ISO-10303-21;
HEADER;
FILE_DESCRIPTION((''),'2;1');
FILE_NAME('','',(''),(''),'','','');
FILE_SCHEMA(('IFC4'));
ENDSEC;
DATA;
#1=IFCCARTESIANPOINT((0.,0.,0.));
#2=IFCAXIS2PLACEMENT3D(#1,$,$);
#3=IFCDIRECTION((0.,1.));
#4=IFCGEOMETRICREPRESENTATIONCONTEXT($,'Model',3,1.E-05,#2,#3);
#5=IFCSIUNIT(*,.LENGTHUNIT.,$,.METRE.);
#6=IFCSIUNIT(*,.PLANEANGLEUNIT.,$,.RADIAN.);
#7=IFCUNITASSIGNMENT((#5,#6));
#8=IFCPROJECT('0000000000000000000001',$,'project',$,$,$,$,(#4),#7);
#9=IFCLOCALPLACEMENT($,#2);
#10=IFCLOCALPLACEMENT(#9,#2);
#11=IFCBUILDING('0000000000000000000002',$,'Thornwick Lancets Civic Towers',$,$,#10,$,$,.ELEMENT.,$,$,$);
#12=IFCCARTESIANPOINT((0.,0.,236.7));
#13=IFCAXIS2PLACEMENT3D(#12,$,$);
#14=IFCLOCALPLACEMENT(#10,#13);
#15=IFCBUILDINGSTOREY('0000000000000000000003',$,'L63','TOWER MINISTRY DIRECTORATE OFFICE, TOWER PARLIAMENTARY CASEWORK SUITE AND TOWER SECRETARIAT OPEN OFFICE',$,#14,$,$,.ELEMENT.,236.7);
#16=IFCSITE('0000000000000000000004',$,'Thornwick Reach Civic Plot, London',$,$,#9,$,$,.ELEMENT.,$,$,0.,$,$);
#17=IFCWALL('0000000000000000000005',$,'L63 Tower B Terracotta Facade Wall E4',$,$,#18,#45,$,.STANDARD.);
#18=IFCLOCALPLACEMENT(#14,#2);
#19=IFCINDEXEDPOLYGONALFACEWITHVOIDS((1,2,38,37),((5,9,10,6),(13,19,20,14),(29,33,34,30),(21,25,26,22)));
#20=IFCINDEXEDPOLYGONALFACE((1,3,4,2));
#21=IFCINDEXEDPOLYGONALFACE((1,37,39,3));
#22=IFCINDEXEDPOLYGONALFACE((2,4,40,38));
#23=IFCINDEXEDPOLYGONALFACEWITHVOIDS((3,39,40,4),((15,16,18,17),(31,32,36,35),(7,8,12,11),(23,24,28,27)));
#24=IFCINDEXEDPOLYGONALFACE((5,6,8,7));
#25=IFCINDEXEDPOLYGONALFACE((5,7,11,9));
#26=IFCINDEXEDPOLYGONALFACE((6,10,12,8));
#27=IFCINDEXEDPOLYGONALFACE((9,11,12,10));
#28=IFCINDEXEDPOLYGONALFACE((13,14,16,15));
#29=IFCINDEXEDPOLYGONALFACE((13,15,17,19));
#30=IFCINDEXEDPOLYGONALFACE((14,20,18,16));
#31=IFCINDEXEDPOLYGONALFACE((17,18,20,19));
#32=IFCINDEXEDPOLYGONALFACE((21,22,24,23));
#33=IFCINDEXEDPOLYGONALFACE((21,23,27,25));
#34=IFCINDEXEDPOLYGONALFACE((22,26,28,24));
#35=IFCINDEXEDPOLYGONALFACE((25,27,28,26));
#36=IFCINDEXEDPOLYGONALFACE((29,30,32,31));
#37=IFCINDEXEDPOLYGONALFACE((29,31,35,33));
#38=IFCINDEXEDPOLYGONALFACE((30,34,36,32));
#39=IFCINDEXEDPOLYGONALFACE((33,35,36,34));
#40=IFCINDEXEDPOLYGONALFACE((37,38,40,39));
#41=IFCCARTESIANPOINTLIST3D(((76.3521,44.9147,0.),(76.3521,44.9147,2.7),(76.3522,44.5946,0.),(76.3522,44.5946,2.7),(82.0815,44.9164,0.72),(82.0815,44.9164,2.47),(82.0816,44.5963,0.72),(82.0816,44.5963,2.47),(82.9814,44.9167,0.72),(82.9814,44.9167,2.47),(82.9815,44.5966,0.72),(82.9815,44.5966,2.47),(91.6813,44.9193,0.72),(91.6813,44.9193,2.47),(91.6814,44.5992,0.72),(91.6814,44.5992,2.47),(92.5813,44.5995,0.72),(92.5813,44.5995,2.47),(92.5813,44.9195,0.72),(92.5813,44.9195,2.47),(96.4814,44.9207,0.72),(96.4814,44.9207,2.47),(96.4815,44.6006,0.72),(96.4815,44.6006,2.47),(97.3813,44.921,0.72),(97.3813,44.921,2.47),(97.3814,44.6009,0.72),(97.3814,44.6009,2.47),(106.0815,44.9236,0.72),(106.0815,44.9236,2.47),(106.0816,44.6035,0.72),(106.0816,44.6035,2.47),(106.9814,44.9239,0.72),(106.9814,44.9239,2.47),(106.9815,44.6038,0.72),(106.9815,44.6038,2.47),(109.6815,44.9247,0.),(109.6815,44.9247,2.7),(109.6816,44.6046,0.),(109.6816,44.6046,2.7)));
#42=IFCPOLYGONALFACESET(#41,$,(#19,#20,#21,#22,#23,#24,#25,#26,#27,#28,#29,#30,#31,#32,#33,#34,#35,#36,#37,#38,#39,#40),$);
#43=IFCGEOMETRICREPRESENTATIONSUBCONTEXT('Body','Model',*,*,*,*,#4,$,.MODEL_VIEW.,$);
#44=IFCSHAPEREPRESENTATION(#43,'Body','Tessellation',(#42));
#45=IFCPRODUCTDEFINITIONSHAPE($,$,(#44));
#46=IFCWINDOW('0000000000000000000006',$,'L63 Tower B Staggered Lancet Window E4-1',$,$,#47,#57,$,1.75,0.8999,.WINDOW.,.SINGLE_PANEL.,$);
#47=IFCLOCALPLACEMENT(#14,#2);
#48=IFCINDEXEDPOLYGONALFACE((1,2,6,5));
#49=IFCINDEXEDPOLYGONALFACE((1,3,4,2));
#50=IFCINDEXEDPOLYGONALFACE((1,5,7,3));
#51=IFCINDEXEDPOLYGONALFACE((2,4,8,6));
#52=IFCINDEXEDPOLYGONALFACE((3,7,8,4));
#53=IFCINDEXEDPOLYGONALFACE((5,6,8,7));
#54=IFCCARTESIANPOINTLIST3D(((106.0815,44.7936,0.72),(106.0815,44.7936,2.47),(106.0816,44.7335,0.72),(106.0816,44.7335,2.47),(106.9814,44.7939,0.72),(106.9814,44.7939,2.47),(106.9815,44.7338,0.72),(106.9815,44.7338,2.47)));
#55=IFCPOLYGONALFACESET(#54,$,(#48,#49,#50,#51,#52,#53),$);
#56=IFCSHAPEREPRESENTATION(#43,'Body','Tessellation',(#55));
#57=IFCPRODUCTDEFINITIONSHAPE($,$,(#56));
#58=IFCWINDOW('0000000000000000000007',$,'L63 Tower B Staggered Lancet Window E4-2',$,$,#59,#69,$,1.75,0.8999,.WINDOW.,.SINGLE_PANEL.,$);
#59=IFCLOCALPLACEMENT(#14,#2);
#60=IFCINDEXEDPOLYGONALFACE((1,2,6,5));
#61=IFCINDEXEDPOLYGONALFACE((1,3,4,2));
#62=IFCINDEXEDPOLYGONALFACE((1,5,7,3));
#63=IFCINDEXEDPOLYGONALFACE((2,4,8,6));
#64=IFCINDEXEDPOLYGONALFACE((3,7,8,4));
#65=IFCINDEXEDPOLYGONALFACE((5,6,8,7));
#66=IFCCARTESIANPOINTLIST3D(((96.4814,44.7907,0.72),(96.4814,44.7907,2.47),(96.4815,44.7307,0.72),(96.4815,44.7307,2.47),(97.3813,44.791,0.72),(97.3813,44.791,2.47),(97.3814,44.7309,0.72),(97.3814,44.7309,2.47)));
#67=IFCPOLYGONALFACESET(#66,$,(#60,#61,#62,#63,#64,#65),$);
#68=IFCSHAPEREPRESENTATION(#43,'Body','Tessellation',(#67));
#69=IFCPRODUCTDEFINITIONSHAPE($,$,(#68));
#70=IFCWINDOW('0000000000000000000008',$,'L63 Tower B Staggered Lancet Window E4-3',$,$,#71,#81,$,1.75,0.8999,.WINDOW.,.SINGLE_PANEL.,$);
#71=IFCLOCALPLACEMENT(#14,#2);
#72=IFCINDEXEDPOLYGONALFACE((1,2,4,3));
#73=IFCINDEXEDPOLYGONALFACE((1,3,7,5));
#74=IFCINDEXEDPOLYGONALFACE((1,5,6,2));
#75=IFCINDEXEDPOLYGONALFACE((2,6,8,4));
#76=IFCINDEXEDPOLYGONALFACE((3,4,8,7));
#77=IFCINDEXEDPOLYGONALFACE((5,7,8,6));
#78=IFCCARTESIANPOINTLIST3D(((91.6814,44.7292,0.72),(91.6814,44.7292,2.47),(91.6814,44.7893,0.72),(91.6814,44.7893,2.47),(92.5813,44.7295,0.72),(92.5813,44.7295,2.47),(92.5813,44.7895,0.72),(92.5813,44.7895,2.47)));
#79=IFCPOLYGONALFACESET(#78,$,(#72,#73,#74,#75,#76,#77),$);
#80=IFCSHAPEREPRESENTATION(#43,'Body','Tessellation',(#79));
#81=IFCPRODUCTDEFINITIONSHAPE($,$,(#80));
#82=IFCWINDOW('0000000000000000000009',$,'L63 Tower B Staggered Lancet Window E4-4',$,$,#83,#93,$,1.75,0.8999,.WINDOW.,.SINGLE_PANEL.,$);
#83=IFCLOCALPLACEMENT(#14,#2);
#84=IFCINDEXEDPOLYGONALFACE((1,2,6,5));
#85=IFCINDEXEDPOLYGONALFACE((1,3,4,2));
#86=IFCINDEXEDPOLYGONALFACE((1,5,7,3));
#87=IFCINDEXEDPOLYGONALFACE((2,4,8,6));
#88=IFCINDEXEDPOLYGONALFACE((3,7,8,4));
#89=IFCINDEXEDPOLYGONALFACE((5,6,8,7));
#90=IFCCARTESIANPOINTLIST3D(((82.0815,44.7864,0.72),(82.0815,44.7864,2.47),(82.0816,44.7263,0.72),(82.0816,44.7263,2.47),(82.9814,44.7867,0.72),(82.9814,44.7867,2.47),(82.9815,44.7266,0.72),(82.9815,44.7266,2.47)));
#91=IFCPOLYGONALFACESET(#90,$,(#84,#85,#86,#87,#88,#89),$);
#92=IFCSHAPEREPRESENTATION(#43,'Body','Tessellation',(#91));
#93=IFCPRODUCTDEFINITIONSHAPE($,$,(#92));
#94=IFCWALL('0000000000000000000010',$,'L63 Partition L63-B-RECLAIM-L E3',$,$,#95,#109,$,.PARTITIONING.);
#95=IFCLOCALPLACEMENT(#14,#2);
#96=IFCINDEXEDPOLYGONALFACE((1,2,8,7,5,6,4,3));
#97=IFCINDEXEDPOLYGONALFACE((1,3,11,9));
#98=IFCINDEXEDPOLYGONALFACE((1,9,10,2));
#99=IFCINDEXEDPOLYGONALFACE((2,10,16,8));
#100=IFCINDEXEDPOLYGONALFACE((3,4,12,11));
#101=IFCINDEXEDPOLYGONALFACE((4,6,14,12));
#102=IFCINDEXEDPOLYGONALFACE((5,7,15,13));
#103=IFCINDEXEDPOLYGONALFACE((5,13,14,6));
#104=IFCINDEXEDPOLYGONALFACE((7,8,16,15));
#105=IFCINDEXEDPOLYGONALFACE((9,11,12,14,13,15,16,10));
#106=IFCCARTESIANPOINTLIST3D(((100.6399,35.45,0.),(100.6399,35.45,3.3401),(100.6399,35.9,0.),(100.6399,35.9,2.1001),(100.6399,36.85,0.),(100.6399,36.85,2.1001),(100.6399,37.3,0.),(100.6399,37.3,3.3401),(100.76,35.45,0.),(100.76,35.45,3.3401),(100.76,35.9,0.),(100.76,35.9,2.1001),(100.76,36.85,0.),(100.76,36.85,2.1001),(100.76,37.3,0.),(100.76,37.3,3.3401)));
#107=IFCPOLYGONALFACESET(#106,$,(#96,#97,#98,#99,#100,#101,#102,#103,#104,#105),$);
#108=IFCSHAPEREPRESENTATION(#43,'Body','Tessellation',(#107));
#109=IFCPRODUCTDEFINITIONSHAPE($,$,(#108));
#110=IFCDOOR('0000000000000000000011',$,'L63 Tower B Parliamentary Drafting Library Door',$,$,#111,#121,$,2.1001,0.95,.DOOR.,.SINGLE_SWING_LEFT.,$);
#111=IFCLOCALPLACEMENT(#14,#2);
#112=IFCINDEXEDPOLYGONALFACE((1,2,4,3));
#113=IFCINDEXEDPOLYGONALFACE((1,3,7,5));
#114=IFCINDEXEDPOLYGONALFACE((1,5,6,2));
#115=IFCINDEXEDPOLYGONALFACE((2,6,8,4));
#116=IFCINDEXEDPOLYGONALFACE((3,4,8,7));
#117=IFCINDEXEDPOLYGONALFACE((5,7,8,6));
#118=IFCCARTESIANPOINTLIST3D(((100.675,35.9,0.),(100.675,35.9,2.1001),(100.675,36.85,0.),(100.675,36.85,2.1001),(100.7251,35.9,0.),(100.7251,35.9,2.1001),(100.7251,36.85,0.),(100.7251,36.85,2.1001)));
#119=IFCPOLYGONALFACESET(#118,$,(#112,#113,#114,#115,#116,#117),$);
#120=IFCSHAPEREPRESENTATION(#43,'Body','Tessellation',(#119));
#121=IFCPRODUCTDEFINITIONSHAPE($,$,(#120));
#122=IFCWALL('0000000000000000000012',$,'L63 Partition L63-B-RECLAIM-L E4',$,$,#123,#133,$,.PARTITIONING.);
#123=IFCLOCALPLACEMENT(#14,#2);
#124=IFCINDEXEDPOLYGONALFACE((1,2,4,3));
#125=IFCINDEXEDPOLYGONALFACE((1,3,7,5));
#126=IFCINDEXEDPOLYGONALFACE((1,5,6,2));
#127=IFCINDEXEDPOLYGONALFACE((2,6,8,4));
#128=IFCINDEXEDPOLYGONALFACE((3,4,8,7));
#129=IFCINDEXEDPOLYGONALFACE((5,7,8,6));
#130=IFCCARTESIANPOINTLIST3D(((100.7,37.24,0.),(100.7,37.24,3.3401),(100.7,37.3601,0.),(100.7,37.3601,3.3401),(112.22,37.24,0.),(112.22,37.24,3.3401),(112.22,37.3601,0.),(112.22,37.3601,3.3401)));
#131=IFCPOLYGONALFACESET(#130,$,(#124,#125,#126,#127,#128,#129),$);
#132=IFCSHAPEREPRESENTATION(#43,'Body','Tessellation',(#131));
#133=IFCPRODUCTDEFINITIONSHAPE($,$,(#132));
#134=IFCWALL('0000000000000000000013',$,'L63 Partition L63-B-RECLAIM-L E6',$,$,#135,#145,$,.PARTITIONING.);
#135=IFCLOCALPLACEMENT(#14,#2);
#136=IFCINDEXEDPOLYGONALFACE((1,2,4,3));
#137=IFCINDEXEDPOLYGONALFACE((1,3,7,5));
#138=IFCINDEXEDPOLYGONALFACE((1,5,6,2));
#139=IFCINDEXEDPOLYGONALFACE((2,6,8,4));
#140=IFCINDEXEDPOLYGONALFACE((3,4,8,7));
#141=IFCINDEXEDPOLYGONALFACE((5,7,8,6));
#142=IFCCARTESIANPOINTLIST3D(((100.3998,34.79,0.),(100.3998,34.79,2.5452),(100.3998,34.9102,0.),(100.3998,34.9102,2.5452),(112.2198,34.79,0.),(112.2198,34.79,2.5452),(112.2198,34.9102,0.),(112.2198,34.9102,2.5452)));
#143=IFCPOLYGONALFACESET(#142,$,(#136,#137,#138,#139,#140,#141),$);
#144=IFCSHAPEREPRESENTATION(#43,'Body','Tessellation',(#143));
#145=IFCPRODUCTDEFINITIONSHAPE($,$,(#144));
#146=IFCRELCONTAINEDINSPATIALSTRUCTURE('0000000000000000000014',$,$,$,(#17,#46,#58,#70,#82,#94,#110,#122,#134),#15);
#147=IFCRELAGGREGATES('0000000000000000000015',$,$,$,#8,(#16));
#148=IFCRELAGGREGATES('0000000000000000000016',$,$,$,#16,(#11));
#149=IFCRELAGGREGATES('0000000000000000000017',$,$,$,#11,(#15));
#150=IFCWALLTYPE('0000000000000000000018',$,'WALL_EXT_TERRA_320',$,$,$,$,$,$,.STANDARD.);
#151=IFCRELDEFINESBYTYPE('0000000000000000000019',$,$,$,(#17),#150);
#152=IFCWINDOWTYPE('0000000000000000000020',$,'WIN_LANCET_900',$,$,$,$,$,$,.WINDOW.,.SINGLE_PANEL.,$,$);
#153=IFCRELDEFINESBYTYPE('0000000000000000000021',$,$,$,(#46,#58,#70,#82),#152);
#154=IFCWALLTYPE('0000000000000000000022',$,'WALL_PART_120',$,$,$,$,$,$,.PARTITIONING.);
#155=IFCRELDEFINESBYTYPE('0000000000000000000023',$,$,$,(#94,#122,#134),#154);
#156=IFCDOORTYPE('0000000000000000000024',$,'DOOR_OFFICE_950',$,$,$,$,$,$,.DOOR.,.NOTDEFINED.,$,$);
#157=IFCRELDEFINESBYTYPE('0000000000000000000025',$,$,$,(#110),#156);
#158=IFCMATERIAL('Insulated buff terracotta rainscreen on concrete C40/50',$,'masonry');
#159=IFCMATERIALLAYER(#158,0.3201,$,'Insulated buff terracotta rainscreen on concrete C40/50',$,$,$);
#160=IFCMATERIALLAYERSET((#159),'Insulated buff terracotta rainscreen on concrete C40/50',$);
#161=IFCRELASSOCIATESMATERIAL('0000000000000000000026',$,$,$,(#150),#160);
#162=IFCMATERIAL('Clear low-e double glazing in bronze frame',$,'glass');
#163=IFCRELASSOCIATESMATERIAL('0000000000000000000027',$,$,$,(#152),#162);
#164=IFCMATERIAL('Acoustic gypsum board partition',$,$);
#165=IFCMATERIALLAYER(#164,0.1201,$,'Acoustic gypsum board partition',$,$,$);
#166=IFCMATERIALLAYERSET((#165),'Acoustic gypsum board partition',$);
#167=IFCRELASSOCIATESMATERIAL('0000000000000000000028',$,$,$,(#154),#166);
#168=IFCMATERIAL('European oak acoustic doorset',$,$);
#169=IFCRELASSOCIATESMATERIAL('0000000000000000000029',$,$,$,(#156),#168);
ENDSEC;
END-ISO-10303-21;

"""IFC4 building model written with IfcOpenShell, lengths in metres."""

from ifc_helpers import new_model, si_unit, direction, frame, frame_2d, origin, place, context, subcontext, project, spatial, rectangle, extrude, material, layer, layer_set, type_object, element, fill, save


model = new_model("IFC4")

# Units and contexts
model_context = context("Model", 3, precision=1e-05, world=origin(), true_north=direction((0.0, 1.0)))
body_context = subcontext(model_context, "Body", "Model", "MODEL_VIEW")
ifc_project = project(units=[si_unit("LENGTHUNIT", "METRE"), si_unit("PLANEANGLEUNIT", "RADIAN")], contexts=[model_context])

# Site, building, storey
site_placement = place(None, origin())
site = spatial("IfcSite", under=ifc_project, at=site_placement, Name="Thornwick Reach Civic Plot, London", CompositionType="ELEMENT", RefElevation=0.0)
building_placement = place(site_placement, origin())
building = spatial("IfcBuilding", under=site, at=building_placement, Name="Thornwick Lancets Civic Towers", CompositionType="ELEMENT")
storey_placement = place(building_placement, frame((0.0, 0.0, 236.7)))
storey = spatial("IfcBuildingStorey", under=building, at=storey_placement, Name="L63", Description="TOWER MINISTRY DIRECTORATE OFFICE, TOWER PARLIAMENTARY CASEWORK SUITE AND TOWER SECRETARIAT OPEN OFFICE", CompositionType="ELEMENT", Elevation=236.7)

# Wall, openings, windows
ifc_material_1 = material(Name="Insulated buff terracotta rainscreen on concrete C40/50", Category="masonry")
ifc_layer_1 = layer(ifc_material_1, 0.3201, Name="Insulated buff terracotta rainscreen on concrete C40/50")
ifc_layer_set_1 = layer_set([ifc_layer_1], Name="Insulated buff terracotta rainscreen on concrete C40/50")
wall_type_1 = type_object("IfcWallType", Name="WALL_EXT_TERRA_320", PredefinedType="STANDARD", material=ifc_layer_set_1)
wall_1_placement = place(storey_placement, frame((109.6814, 44.7646, 0.0), z_axis=(0.0, 0.0, 1.0), x_axis=(-1.0, -0.0003, 0.0)))
wall_1 = element("IfcWall", 1, at=wall_1_placement, inside=storey, type_object=wall_type_1, Name="L63 Tower B Terracotta Facade Wall E4", PredefinedType="STANDARD", context=body_context, shape_type="SweptSolid", body=[
    extrude(rectangle(XDim=33.3293, YDim=0.3201, at=frame_2d((16.6646, 0.0))), origin(), (0.0, 0.0, 1.0), 2.7),
])
opening_1_placement = place(wall_1_placement, frame((2.7, 0.0, 0.72)))
opening_1 = element("IfcOpeningElement", 2, at=opening_1_placement, cuts=wall_1, PredefinedType="OPENING", context=body_context, shape_type="SweptSolid", body=[
    extrude(rectangle(XDim=0.8999, YDim=1.75, at=frame_2d((0.45, 0.875))), frame((0.0, 0.1699, 0.0), z_axis=(0.0, -1.0, 0.0), x_axis=(1.0, 0.0, 0.0)), (0.0, 0.0, 1.0), 0.3401),
])
opening_2_placement = place(wall_1_placement, frame((12.3, 0.0, 0.72)))
opening_2 = element("IfcOpeningElement", 3, at=opening_2_placement, cuts=wall_1, PredefinedType="OPENING", context=body_context, shape_type="SweptSolid", body=[
    extrude(rectangle(XDim=0.8999, YDim=1.75, at=frame_2d((0.45, 0.875))), frame((0.0, 0.1699, 0.0), z_axis=(0.0, -1.0, 0.0), x_axis=(1.0, 0.0, 0.0)), (0.0, 0.0, 1.0), 0.3401),
])
opening_3_placement = place(wall_1_placement, frame((17.1001, 0.0, 0.72)))
opening_3 = element("IfcOpeningElement", 4, at=opening_3_placement, cuts=wall_1, PredefinedType="OPENING", context=body_context, shape_type="SweptSolid", body=[
    extrude(rectangle(XDim=0.8999, YDim=1.75, at=frame_2d((0.45, 0.875))), frame((0.0, 0.1699, 0.0), z_axis=(0.0, -1.0, 0.0), x_axis=(1.0, 0.0, 0.0)), (0.0, 0.0, 1.0), 0.3401),
])
opening_4_placement = place(wall_1_placement, frame((26.7, 0.0, 0.72)))
opening_4 = element("IfcOpeningElement", 5, at=opening_4_placement, cuts=wall_1, PredefinedType="OPENING", context=body_context, shape_type="SweptSolid", body=[
    extrude(rectangle(XDim=0.8999, YDim=1.75, at=frame_2d((0.45, 0.875))), frame((0.0, 0.1699, 0.0), z_axis=(0.0, -1.0, 0.0), x_axis=(1.0, 0.0, 0.0)), (0.0, 0.0, 1.0), 0.3401),
])
ifc_material_2 = material(Name="Clear low-e double glazing in bronze frame", Category="glass")
window_type = type_object("IfcWindowType", Name="WIN_LANCET_900", PartitioningType="SINGLE_PANEL", PredefinedType="WINDOW", material=ifc_material_2)
window_1_placement = place(opening_1_placement, origin())
window_1 = element("IfcWindow", 6, at=window_1_placement, inside=storey, type_object=window_type, Name="L63 Tower B Staggered Lancet Window E4-1", OverallHeight=1.75, OverallWidth=0.8999, PartitioningType="SINGLE_PANEL", PredefinedType="WINDOW", context=body_context, shape_type="SweptSolid", body=[
    extrude(rectangle(XDim=0.8999, YDim=1.75, at=frame_2d((0.45, 0.875))), frame((0.0, 0.03, 0.0), z_axis=(0.0, -1.0, 0.0), x_axis=(1.0, 0.0, 0.0)), (0.0, 0.0, 1.0), 0.0601),
])
fill(opening_1, window_1)
window_2_placement = place(opening_2_placement, origin())
window_2 = element("IfcWindow", 7, at=window_2_placement, inside=storey, type_object=window_type, Name="L63 Tower B Staggered Lancet Window E4-2", OverallHeight=1.75, OverallWidth=0.8999, PartitioningType="SINGLE_PANEL", PredefinedType="WINDOW", context=body_context, shape_type="SweptSolid", body=[
    extrude(rectangle(XDim=0.8999, YDim=1.75, at=frame_2d((0.45, 0.875))), frame((0.0, 0.03, 0.0), z_axis=(0.0, -1.0, 0.0), x_axis=(1.0, 0.0, 0.0)), (0.0, 0.0, 1.0), 0.0601),
])
fill(opening_2, window_2)
window_3_placement = place(opening_3_placement, origin())
window_3 = element("IfcWindow", 8, at=window_3_placement, inside=storey, type_object=window_type, Name="L63 Tower B Staggered Lancet Window E4-3", OverallHeight=1.75, OverallWidth=0.8999, PartitioningType="SINGLE_PANEL", PredefinedType="WINDOW", context=body_context, shape_type="SweptSolid", body=[
    extrude(rectangle(XDim=0.8999, YDim=1.75, at=frame_2d((0.45, 0.875))), frame((0.0, 0.03, 0.0), z_axis=(0.0, -1.0, 0.0), x_axis=(1.0, 0.0, 0.0)), (0.0, 0.0, 1.0), 0.0601),
])
fill(opening_3, window_3)
window_4_placement = place(opening_4_placement, origin())
window_4 = element("IfcWindow", 9, at=window_4_placement, inside=storey, type_object=window_type, Name="L63 Tower B Staggered Lancet Window E4-4", OverallHeight=1.75, OverallWidth=0.8999, PartitioningType="SINGLE_PANEL", PredefinedType="WINDOW", context=body_context, shape_type="SweptSolid", body=[
    extrude(rectangle(XDim=0.8999, YDim=1.75, at=frame_2d((0.45, 0.875))), frame((0.0, 0.03, 0.0), z_axis=(0.0, -1.0, 0.0), x_axis=(1.0, 0.0, 0.0)), (0.0, 0.0, 1.0), 0.0601),
])
fill(opening_4, window_4)

# Wall, opening, door
ifc_material_3 = material(Name="Acoustic gypsum board partition")
ifc_layer_2 = layer(ifc_material_3, 0.1201, Name="Acoustic gypsum board partition")
ifc_layer_set_2 = layer_set([ifc_layer_2], Name="Acoustic gypsum board partition")
wall_type_2 = type_object("IfcWallType", Name="WALL_PART_120", PredefinedType="PARTITIONING", material=ifc_layer_set_2)
wall_2_placement = place(storey_placement, frame((100.7, 35.45, 0.0), z_axis=(0.0, 0.0, 1.0), x_axis=(0.0, 1.0, 0.0)))
wall_2 = element("IfcWall", 10, at=wall_2_placement, inside=storey, type_object=wall_type_2, Name="L63 Partition L63-B-RECLAIM-L E3", PredefinedType="PARTITIONING", context=body_context, shape_type="SweptSolid", body=[
    extrude(rectangle(XDim=1.8501, YDim=0.1201, at=frame_2d((0.925, 0.0))), origin(), (0.0, 0.0, 1.0), 3.3401),
])
opening_5_placement = place(wall_2_placement, frame((0.45, 0.0, 0.0)))
opening_5 = element("IfcOpeningElement", 11, at=opening_5_placement, cuts=wall_2, PredefinedType="OPENING", context=body_context, shape_type="SweptSolid", body=[
    extrude(rectangle(XDim=0.95, YDim=2.1001, at=frame_2d((0.4751, 1.05))), frame((0.0, 0.0701, 0.0), z_axis=(0.0, -1.0, 0.0), x_axis=(1.0, 0.0, 0.0)), (0.0, 0.0, 1.0), 0.1401),
])
ifc_material_4 = material(Name="European oak acoustic doorset")
door_type_1 = type_object("IfcDoorType", Name="DOOR_OFFICE_950", OperationType="NOTDEFINED", PredefinedType="DOOR", material=ifc_material_4)
door_1_placement = place(opening_5_placement, origin())
door_1 = element("IfcDoor", 12, at=door_1_placement, inside=storey, type_object=door_type_1, Name="L63 Tower B Parliamentary Drafting Library Door", OperationType="SINGLE_SWING_LEFT", OverallHeight=2.1001, OverallWidth=0.95, PredefinedType="DOOR", context=body_context, shape_type="SweptSolid", body=[
    extrude(rectangle(XDim=0.95, YDim=2.1001, at=frame_2d((0.4751, 1.05))), frame((0.0, 0.0249, 0.0), z_axis=(0.0, -1.0, 0.0), x_axis=(1.0, 0.0, 0.0)), (0.0, 0.0, 1.0), 0.05),
])
fill(opening_5, door_1)

# Walls
wall_3_placement = place(storey_placement, frame((100.7, 37.3, 0.0), z_axis=(0.0, 0.0, 1.0), x_axis=(1.0, 0.0, 0.0)))
element("IfcWall", 13, at=wall_3_placement, inside=storey, type_object=wall_type_2, Name="L63 Partition L63-B-RECLAIM-L E4", PredefinedType="PARTITIONING", context=body_context, shape_type="SweptSolid", body=[
    extrude(rectangle(XDim=11.52, YDim=0.1201, at=frame_2d((5.76, 0.0))), origin(), (0.0, 0.0, 1.0), 3.3401),
])
wall_4_placement = place(storey_placement, frame((112.22, 34.8501, 0.0), z_axis=(0.0, 0.0, 1.0), x_axis=(-1.0, 0.0, 0.0)))
element("IfcWall", 14, at=wall_4_placement, inside=storey, type_object=wall_type_2, Name="L63 Partition L63-B-RECLAIM-L E6", PredefinedType="PARTITIONING", context=body_context, shape_type="SweptSolid", body=[
    extrude(rectangle(XDim=11.8201, YDim=0.1201, at=frame_2d((5.9102, 0.0))), origin(), (0.0, 0.0, 1.0), 2.5452),
])

save(model, "model.ifc")
